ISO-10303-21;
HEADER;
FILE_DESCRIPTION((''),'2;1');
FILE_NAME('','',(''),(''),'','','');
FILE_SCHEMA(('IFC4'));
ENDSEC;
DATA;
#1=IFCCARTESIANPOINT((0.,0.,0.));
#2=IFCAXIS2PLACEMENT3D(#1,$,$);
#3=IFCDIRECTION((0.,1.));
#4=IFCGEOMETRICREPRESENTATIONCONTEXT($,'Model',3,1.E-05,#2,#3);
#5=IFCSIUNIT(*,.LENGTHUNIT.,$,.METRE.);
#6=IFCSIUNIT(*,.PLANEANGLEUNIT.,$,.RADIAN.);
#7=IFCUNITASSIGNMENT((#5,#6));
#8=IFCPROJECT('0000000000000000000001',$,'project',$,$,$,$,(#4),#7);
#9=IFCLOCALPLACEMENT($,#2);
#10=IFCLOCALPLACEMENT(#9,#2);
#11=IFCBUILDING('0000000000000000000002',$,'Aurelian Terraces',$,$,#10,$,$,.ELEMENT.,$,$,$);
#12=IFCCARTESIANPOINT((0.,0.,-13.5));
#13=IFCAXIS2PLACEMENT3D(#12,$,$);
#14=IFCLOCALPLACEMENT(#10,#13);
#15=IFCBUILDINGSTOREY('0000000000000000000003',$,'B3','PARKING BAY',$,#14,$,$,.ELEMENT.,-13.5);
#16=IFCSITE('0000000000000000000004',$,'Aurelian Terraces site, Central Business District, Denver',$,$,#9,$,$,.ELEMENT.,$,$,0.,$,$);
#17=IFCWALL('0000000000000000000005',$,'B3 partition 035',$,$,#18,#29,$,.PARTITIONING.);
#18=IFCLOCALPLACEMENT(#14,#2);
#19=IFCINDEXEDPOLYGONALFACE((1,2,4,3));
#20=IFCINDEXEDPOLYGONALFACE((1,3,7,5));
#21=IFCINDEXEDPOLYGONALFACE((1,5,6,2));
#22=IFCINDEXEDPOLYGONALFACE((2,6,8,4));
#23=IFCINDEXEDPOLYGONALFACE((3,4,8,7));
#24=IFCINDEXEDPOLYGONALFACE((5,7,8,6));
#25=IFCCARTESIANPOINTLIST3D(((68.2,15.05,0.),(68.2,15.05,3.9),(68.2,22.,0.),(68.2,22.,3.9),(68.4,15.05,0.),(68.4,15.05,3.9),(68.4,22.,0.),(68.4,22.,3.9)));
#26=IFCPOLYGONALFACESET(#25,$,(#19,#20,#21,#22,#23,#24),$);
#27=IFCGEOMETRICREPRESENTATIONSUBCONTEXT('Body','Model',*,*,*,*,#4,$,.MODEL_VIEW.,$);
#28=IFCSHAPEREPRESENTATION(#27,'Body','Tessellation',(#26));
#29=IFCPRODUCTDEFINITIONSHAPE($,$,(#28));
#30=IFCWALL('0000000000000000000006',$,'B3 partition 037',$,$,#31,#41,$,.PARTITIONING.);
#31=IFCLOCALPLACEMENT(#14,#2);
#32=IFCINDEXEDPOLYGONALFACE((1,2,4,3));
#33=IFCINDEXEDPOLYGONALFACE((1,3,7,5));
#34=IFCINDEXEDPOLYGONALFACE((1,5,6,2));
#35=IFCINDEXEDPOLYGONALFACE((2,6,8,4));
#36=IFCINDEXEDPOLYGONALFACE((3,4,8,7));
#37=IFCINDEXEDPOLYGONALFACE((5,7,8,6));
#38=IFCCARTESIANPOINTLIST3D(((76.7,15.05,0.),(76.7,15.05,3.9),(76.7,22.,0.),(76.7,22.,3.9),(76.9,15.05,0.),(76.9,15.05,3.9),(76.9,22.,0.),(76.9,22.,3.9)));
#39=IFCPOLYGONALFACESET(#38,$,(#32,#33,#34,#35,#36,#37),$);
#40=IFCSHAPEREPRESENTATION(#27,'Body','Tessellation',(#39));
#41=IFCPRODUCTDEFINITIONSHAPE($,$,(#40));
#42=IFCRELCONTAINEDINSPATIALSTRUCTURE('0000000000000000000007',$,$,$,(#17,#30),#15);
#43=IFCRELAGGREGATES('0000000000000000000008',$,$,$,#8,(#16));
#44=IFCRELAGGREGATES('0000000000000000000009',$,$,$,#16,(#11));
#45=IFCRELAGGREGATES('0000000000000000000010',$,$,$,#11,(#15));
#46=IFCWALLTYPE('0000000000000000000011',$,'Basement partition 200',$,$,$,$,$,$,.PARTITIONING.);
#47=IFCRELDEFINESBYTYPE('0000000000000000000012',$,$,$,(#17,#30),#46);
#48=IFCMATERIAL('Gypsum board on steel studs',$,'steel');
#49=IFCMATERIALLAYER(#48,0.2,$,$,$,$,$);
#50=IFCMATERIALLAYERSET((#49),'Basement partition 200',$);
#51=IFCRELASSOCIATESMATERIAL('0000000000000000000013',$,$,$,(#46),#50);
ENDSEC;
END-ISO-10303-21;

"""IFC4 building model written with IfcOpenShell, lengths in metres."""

from ifc_helpers import new_model, si_unit, direction, frame, frame_2d, origin, place, context, subcontext, project, spatial, rectangle, extrude, source, transform, mapped, material, layer, layer_set, type_object, element, save


model = new_model("IFC4")

# Units and contexts
model_context = context("Model", 3, precision=1e-05, world=origin(), true_north=direction((0.0, 1.0)))
body_context = subcontext(model_context, "Body", "Model", "MODEL_VIEW")
ifc_project = project(units=[si_unit("LENGTHUNIT", "METRE"), si_unit("PLANEANGLEUNIT", "RADIAN")], contexts=[model_context])

# Site, building, storey
site_placement = place(None, origin())
site = spatial("IfcSite", under=ifc_project, at=site_placement, Name="Aurelian Terraces site, Central Business District, Denver", CompositionType="ELEMENT", RefElevation=0.0)
building_placement = place(site_placement, origin())
building = spatial("IfcBuilding", under=site, at=building_placement, Name="Aurelian Terraces", CompositionType="ELEMENT")
storey_placement = place(building_placement, frame((0.0, 0.0, -13.5)))
storey = spatial("IfcBuildingStorey", under=building, at=storey_placement, Name="B3", Description="PARKING BAY", CompositionType="ELEMENT", Elevation=-13.5)

# Walls
ifc_material_1 = material(Name="Gypsum board on steel studs", Category="steel")
ifc_layer_1 = layer(ifc_material_1, 0.2)
ifc_layer_set_1 = layer_set([ifc_layer_1], Name="Basement partition 200")
wall_type_1 = type_object("IfcWallType", Name="Basement partition 200", PredefinedType="PARTITIONING", material=ifc_layer_set_1)
shared_shape_1 = source(origin(), body_context, "Body", "SweptSolid", [
    extrude(rectangle(XDim=6.95, YDim=0.2, at=frame_2d((3.475, 0.0))), origin(), (0.0, 0.0, 1.0), 3.9),
])
for number, where, z_axis, x_axis, name in (
    (1, (68.3, 15.05, 0.0), (0.0, 0.0, 1.0), (0.0, 1.0, 0.0), "B3 partition 035"),
    (2, (76.8, 15.05, 0.0), (0.0, 0.0, 1.0), (0.0, 1.0, 0.0), "B3 partition 037"),
):
    element("IfcWall", number, at=place(storey_placement, frame(where, z_axis=z_axis, x_axis=x_axis)), inside=storey, type_object=wall_type_1, Name=name, PredefinedType="PARTITIONING", context=body_context, shape_type="MappedRepresentation", body=[
        mapped(shared_shape_1, transform((0.0, 0.0, 0.0), scale=1.0)),
    ])

save(model, "model.ifc")
